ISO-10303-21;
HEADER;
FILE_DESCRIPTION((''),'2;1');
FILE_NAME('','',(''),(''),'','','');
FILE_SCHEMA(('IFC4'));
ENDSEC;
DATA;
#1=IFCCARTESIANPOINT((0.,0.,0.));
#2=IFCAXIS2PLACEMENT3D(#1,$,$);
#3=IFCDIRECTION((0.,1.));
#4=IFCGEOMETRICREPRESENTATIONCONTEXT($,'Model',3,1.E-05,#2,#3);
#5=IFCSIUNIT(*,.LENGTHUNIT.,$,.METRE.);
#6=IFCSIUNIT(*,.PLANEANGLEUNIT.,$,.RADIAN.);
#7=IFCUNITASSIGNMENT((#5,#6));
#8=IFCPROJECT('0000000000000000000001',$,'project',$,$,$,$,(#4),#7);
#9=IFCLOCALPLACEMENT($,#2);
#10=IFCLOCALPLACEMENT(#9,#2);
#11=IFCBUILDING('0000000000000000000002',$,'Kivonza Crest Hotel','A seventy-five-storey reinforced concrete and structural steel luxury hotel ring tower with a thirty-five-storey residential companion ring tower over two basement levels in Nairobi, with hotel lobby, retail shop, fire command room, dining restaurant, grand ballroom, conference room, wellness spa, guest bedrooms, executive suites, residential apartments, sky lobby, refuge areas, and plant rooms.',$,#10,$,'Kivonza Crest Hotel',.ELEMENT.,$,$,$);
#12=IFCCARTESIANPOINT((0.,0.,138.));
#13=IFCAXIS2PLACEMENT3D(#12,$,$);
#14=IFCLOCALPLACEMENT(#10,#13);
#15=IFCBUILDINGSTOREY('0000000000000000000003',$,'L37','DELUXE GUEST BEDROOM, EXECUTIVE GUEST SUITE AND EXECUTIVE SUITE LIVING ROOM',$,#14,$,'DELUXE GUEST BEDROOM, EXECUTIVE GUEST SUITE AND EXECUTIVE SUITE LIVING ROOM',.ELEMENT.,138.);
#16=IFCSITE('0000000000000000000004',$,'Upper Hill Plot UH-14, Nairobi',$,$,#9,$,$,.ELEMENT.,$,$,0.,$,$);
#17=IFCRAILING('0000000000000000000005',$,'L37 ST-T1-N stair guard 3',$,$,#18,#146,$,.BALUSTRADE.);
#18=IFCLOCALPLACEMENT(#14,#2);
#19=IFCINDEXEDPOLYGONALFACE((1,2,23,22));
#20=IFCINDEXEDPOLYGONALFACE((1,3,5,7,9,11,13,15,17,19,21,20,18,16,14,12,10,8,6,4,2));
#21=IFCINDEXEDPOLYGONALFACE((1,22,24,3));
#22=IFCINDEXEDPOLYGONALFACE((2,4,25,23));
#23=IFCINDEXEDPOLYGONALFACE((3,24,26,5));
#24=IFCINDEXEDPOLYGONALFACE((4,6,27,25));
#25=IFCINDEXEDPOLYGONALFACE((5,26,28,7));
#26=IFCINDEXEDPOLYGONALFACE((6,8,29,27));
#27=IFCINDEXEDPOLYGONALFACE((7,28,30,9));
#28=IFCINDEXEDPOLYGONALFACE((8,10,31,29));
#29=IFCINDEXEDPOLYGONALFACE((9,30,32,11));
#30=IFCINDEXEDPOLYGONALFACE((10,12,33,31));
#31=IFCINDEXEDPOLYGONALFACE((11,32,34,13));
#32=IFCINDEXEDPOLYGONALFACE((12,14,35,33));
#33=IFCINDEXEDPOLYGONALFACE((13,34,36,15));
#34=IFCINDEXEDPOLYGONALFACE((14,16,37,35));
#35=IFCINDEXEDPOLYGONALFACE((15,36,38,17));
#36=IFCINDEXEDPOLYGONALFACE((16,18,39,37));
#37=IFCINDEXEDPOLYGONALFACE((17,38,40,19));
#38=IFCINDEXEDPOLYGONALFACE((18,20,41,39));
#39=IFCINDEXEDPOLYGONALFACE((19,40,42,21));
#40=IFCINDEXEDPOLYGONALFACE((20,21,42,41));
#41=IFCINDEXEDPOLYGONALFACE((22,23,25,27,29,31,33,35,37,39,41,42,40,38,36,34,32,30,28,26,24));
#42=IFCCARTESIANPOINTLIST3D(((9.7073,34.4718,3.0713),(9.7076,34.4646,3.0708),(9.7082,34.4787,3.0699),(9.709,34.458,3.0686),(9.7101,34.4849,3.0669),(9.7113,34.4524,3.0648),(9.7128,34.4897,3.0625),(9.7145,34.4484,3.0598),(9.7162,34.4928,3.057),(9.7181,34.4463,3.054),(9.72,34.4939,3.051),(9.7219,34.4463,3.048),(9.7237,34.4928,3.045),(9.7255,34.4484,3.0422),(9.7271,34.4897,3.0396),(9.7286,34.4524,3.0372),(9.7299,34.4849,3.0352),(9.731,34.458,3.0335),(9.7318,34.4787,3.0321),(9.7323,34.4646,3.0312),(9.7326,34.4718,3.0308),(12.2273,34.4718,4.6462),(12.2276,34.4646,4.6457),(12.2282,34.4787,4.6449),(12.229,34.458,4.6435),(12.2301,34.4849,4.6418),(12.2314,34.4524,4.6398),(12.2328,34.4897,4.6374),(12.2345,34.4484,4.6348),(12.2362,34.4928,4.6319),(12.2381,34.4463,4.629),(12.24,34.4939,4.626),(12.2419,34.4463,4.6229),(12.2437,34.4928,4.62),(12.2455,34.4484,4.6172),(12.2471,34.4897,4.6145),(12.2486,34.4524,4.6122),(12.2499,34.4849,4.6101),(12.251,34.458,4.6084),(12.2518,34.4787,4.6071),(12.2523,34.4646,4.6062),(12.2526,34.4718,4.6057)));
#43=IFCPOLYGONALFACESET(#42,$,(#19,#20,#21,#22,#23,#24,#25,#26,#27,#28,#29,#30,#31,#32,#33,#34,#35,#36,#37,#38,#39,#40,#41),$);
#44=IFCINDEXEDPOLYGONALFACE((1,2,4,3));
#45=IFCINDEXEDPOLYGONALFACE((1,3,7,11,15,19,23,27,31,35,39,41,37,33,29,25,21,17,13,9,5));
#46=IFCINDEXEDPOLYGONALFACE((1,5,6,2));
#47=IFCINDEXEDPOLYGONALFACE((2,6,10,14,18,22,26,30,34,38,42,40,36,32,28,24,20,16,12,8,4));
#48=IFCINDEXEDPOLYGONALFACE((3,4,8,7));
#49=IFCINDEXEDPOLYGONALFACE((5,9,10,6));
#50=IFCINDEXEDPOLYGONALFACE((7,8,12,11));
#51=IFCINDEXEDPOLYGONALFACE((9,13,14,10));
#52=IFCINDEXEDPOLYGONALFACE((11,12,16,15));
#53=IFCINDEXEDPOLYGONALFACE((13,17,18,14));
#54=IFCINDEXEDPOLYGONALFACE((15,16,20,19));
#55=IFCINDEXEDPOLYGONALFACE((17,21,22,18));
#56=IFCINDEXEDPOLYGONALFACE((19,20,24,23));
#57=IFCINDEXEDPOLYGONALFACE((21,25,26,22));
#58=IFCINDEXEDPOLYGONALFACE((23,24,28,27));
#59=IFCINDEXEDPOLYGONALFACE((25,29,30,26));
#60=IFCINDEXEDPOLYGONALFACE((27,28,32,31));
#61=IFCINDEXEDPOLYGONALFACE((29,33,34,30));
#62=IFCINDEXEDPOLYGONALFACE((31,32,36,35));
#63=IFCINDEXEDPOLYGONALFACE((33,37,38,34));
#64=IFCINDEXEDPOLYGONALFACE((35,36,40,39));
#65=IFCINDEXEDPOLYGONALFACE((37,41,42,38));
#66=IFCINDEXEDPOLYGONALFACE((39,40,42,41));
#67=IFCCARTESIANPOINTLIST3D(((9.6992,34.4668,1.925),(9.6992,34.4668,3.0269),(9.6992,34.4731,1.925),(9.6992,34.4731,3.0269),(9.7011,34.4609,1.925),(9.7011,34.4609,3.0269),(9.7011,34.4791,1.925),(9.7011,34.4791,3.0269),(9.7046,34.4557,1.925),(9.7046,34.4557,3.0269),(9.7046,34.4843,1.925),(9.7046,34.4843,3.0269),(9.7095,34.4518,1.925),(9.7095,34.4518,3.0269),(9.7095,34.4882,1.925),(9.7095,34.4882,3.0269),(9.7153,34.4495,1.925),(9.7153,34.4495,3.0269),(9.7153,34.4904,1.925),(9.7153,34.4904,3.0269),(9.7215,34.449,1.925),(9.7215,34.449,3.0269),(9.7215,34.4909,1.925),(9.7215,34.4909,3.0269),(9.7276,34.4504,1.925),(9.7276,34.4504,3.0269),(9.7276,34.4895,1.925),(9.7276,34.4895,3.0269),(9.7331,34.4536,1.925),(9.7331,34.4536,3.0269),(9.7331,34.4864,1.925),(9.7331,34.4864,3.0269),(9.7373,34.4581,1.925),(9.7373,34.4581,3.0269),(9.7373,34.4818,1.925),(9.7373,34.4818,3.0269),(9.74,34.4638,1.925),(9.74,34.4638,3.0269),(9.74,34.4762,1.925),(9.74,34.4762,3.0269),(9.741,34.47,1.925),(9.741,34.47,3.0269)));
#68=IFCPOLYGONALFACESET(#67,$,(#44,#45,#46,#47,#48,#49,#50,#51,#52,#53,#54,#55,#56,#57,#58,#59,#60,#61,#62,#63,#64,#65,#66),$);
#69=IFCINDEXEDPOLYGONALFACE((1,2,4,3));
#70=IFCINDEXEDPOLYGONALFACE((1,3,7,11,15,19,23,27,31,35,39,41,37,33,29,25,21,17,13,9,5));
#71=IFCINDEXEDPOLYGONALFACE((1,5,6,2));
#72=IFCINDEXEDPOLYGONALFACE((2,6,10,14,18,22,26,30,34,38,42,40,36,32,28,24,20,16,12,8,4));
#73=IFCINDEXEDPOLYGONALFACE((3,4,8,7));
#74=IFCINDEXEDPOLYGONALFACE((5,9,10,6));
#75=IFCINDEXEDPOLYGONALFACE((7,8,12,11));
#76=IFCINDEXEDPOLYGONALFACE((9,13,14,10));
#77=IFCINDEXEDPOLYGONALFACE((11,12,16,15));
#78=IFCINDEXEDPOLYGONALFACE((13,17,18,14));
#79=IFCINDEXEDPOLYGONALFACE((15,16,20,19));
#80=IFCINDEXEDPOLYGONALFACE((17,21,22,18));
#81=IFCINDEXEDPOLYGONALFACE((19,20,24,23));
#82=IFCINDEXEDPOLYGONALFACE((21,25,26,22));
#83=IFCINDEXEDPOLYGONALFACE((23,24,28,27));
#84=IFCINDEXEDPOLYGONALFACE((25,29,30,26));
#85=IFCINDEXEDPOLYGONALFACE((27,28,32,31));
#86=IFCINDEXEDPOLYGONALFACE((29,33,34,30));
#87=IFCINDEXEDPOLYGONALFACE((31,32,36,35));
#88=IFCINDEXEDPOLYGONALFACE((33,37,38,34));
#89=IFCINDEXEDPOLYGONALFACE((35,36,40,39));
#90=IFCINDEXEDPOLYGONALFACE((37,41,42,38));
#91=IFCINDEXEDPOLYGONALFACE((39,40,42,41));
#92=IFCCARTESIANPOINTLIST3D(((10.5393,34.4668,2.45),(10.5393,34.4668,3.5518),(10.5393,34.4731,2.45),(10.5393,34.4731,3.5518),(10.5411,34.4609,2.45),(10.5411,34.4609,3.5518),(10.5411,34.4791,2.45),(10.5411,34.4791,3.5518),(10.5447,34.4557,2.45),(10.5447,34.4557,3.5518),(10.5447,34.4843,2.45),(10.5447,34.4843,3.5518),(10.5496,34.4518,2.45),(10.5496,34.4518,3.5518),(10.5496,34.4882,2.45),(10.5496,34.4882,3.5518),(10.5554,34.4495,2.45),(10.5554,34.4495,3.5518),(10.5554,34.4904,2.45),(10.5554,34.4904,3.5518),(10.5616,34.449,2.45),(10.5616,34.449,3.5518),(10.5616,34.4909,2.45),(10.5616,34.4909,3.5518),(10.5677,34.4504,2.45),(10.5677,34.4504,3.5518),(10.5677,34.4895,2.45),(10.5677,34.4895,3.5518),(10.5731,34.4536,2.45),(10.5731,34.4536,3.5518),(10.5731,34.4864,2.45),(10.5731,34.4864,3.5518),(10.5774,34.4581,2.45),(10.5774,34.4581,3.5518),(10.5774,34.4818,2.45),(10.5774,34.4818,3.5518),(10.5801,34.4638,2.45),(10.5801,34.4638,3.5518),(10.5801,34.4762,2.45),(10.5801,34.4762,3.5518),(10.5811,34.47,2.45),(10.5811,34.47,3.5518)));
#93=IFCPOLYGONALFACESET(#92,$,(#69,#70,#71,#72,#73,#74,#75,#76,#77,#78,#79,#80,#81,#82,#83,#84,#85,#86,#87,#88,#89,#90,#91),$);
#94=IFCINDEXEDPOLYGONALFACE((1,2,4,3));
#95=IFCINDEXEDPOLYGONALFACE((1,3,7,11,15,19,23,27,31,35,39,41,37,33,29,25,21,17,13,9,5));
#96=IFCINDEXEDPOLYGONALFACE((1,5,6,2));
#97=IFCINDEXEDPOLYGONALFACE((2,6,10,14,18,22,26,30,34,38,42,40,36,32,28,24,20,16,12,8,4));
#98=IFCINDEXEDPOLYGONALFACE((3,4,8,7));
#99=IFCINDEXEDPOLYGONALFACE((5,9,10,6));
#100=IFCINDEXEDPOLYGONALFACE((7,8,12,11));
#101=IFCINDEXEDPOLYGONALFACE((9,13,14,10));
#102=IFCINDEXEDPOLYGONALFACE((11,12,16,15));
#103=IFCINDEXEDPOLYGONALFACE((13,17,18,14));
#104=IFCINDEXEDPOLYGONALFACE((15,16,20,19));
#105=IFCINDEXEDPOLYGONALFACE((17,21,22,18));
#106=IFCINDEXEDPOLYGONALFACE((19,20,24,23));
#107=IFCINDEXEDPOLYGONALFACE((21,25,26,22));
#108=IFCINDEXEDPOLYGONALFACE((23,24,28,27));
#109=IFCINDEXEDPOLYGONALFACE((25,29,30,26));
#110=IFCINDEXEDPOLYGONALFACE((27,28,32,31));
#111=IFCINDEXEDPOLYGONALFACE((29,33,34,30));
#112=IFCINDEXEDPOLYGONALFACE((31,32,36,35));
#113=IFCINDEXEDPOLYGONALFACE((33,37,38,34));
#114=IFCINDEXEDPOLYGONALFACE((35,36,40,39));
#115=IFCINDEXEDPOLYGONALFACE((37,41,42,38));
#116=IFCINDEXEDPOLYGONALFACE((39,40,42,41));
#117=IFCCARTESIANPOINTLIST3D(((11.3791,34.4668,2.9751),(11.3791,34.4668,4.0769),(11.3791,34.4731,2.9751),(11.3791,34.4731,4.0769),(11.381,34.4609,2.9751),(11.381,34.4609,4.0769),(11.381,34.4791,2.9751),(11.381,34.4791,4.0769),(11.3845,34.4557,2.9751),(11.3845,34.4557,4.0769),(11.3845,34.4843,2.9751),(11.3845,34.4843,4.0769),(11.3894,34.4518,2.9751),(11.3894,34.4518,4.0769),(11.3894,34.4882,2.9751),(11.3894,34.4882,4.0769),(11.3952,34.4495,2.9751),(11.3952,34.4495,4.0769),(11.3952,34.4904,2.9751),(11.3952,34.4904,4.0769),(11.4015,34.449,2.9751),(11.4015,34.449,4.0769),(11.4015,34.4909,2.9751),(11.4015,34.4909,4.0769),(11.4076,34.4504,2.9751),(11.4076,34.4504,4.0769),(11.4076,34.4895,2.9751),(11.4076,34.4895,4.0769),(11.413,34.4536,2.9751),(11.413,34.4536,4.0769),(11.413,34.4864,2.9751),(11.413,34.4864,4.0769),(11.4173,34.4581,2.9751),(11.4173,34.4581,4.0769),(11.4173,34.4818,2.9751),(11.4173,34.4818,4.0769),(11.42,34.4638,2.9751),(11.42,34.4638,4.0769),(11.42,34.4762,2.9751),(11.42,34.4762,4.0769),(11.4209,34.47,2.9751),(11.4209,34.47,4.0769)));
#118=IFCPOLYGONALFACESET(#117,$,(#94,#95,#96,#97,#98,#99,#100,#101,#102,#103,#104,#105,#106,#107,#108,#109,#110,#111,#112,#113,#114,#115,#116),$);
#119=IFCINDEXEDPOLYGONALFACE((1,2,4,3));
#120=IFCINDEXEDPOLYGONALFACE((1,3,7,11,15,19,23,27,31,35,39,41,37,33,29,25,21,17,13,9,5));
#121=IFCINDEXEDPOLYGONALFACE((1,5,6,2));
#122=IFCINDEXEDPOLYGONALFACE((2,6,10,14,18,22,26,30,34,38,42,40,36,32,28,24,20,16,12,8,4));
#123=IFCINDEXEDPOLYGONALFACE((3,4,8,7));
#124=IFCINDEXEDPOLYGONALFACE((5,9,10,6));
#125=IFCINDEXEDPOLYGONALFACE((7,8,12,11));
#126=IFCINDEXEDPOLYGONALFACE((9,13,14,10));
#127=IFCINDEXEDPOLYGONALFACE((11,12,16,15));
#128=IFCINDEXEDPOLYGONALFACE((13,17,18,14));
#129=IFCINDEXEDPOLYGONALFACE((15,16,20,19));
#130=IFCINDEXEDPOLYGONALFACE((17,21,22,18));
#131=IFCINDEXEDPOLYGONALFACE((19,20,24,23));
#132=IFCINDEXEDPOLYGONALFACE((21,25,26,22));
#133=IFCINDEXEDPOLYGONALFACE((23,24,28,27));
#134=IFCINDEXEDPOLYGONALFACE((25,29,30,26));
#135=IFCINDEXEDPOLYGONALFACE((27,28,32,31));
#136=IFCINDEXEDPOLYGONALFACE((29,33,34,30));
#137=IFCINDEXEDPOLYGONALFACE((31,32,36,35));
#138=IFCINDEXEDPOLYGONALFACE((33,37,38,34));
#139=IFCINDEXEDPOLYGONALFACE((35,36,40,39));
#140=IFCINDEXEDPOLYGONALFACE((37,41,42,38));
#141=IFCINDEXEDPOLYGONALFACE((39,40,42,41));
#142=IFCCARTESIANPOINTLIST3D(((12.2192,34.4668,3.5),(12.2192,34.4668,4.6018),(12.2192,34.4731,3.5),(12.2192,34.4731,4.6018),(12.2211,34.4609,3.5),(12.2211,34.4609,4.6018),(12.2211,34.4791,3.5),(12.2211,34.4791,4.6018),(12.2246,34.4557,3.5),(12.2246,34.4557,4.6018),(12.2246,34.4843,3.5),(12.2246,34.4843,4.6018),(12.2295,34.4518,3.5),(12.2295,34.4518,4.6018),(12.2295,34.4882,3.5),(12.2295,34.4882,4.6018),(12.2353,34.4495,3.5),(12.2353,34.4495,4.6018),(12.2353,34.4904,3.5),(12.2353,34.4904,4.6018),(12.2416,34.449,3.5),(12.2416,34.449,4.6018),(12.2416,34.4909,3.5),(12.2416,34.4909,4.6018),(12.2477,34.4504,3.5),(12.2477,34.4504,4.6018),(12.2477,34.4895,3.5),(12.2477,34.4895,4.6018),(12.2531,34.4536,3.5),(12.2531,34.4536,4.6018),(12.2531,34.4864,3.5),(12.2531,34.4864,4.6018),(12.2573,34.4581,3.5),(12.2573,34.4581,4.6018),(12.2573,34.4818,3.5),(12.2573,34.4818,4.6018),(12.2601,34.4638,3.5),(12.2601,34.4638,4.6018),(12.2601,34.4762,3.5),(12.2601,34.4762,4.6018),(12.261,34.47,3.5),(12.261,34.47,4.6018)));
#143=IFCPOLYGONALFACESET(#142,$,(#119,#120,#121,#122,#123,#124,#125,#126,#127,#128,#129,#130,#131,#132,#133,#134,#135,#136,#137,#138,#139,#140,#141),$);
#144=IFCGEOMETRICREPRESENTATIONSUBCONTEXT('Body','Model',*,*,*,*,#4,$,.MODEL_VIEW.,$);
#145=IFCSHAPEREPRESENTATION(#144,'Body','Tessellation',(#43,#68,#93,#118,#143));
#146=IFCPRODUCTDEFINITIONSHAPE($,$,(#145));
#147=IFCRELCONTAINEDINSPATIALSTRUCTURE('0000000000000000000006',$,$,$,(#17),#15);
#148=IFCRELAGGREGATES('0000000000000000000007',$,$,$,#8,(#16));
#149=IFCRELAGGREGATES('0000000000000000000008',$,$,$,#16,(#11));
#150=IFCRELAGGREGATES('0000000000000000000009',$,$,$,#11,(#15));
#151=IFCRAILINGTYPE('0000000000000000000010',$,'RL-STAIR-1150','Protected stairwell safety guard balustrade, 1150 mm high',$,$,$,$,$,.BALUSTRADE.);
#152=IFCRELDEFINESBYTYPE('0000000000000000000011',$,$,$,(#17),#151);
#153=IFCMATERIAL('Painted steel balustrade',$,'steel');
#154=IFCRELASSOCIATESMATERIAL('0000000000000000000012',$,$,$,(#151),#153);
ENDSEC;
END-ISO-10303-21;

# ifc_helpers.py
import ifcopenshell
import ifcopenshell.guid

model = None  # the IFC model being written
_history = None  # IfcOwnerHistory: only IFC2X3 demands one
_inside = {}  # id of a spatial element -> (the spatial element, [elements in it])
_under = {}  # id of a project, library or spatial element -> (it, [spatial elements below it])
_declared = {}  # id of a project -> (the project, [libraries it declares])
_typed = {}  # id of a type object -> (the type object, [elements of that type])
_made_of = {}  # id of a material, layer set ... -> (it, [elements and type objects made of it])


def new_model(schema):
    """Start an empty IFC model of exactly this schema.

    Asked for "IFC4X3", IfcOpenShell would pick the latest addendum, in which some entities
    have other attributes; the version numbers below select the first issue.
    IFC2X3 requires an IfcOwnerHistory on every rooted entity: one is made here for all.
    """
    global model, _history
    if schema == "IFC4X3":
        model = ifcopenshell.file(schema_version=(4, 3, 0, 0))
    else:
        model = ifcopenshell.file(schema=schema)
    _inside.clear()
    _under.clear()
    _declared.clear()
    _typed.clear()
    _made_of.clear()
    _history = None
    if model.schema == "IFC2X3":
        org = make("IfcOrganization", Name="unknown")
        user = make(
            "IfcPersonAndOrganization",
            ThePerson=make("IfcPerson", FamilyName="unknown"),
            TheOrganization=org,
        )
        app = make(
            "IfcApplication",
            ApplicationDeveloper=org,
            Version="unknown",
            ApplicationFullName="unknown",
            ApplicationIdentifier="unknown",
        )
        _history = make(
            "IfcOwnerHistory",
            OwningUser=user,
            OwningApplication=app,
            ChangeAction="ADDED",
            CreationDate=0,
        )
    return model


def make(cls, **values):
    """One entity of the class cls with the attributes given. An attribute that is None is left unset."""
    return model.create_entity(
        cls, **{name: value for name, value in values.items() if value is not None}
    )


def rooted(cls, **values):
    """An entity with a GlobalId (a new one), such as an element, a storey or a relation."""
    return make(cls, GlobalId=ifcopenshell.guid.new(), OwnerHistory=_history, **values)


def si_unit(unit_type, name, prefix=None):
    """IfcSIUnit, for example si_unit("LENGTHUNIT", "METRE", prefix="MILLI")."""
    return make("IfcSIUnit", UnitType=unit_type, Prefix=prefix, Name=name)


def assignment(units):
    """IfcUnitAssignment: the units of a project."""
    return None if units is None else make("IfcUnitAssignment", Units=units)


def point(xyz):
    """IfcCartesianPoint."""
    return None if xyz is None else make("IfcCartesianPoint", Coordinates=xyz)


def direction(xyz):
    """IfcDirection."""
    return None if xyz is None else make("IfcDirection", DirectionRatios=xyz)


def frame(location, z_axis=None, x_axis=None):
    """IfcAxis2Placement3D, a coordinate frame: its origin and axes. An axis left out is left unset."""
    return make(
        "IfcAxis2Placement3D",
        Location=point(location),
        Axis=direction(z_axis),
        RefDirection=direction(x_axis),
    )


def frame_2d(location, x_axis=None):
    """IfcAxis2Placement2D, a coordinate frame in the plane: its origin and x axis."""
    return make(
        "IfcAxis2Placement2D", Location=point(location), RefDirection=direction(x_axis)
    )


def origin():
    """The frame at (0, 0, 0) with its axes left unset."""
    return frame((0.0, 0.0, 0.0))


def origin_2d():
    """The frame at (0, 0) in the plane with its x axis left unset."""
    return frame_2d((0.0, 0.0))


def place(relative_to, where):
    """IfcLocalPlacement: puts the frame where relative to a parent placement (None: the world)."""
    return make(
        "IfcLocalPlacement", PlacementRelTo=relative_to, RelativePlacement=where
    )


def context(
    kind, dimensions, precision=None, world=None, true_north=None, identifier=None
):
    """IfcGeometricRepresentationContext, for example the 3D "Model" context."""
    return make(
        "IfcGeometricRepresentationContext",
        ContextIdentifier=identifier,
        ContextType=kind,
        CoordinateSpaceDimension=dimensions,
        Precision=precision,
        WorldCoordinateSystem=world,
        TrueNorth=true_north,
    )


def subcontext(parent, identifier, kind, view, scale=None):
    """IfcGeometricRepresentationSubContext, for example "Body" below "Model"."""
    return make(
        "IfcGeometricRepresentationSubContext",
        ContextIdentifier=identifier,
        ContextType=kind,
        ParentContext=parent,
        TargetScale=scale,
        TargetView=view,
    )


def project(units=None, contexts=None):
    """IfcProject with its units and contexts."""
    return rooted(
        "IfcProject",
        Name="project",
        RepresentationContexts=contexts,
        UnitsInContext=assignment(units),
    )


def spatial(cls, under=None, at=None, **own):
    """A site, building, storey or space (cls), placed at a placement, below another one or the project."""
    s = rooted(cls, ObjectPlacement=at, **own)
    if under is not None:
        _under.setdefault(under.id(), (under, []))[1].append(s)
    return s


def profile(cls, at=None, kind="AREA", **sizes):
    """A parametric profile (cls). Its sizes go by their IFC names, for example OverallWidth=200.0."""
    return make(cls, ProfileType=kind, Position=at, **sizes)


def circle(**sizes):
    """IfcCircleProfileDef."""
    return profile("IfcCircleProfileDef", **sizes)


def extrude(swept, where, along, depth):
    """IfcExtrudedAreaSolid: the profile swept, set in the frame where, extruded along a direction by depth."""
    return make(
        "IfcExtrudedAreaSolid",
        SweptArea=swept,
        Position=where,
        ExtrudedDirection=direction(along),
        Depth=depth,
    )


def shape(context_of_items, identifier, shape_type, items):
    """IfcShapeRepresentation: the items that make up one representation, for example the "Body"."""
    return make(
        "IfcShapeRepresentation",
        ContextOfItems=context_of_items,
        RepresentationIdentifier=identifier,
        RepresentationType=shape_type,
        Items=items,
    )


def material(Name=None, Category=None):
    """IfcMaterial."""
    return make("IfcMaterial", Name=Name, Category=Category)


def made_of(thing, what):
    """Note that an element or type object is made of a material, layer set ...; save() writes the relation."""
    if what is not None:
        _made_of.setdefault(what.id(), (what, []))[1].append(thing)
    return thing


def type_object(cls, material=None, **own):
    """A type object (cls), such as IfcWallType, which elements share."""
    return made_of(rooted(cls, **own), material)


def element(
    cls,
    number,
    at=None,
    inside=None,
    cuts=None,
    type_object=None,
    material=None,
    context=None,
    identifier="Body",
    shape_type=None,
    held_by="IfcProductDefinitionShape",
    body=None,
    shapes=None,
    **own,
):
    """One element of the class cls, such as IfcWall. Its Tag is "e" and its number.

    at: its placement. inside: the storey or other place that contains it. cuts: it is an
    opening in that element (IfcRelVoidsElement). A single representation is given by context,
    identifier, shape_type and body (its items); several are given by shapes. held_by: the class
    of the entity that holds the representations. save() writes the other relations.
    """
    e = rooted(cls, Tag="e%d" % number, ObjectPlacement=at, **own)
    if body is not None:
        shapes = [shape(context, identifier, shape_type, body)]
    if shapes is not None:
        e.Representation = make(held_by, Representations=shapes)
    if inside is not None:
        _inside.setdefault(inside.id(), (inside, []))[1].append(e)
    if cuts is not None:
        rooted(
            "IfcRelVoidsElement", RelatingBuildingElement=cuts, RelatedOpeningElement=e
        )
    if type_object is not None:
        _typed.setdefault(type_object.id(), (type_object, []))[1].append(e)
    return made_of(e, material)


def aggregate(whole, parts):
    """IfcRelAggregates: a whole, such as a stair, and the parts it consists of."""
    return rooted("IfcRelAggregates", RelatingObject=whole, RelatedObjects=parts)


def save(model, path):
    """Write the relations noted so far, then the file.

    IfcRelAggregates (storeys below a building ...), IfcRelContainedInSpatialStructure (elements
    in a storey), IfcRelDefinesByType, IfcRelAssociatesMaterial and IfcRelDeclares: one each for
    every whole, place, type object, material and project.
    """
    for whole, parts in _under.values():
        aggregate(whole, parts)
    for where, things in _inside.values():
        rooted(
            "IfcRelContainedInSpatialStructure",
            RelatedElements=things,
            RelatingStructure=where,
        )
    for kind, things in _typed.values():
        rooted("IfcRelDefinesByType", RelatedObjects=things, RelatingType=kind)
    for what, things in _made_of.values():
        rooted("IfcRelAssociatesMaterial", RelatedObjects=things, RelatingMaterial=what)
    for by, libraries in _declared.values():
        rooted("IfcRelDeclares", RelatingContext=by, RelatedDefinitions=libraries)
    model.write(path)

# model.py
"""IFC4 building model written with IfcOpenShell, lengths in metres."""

from ifc_helpers import new_model, si_unit, direction, frame, origin, origin_2d, place, context, subcontext, project, spatial, circle, extrude, material, type_object, element, save


model = new_model("IFC4")

# Units and contexts
model_context = context("Model", 3, precision=1e-05, world=origin(), true_north=direction((0.0, 1.0)))
body_context = subcontext(model_context, "Body", "Model", "MODEL_VIEW")
ifc_project = project(units=[si_unit("LENGTHUNIT", "METRE"), si_unit("PLANEANGLEUNIT", "RADIAN")], contexts=[model_context])

# Site, building, storey
site_placement = place(None, origin())
site = spatial("IfcSite", under=ifc_project, at=site_placement, Name="Upper Hill Plot UH-14, Nairobi", CompositionType="ELEMENT", RefElevation=0.0)
building_placement = place(site_placement, origin())
building = spatial("IfcBuilding", under=site, at=building_placement, Name="Kivonza Crest Hotel", Description="A seventy-five-storey reinforced concrete and structural steel luxury hotel ring tower with a thirty-five-storey residential companion ring tower over two basement levels in Nairobi, with hotel lobby, retail shop, fire command room, dining restaurant, grand ballroom, conference room, wellness spa, guest bedrooms, executive suites, residential apartments, sky lobby, refuge areas, and plant rooms.", LongName="Kivonza Crest Hotel", CompositionType="ELEMENT")
storey_placement = place(building_placement, frame((0.0, 0.0, 138.0)))
storey = spatial("IfcBuildingStorey", under=building, at=storey_placement, Name="L37", Description="DELUXE GUEST BEDROOM, EXECUTIVE GUEST SUITE AND EXECUTIVE SUITE LIVING ROOM", LongName="DELUXE GUEST BEDROOM, EXECUTIVE GUEST SUITE AND EXECUTIVE SUITE LIVING ROOM", CompositionType="ELEMENT", Elevation=138.0)

# Railing
ifc_material_1 = material(Name="Painted steel balustrade", Category="steel")
railing_type_1 = type_object("IfcRailingType", Name="RL-STAIR-1150", Description="Protected stairwell safety guard balustrade, 1150 mm high", PredefinedType="BALUSTRADE", material=ifc_material_1)
railing_1_placement = place(storey_placement, frame((9.72, 34.47, 1.925)))
element("IfcRailing", 1, at=railing_1_placement, inside=storey, type_object=railing_type_1, Name="L37 ST-T1-N stair guard 3", PredefinedType="BALUSTRADE", context=body_context, shape_type="SweptSolid", body=[
    extrude(circle(Radius=0.0239, at=origin_2d()), frame((0.0, 0.0, 1.126), z_axis=(0.848008, 0.0, 0.529984), x_axis=(0.0, 1.0, 0.0)), (0.0, 0.0, 1.0), 2.9717),
    extrude(circle(Radius=0.021, at=origin_2d()), origin(), (0.0, 0.0, 1.0), 1.1018),
    extrude(circle(Radius=0.021, at=origin_2d()), frame((0.8401, 0.0, 0.5249)), (0.0, 0.0, 1.0), 1.1018),
    extrude(circle(Radius=0.021, at=origin_2d()), frame((1.6799, 0.0, 1.05)), (0.0, 0.0, 1.0), 1.1018),
    extrude(circle(Radius=0.021, at=origin_2d()), frame((2.52, 0.0, 1.575)), (0.0, 0.0, 1.0), 1.1018),
])

save(model, "model.ifc")
